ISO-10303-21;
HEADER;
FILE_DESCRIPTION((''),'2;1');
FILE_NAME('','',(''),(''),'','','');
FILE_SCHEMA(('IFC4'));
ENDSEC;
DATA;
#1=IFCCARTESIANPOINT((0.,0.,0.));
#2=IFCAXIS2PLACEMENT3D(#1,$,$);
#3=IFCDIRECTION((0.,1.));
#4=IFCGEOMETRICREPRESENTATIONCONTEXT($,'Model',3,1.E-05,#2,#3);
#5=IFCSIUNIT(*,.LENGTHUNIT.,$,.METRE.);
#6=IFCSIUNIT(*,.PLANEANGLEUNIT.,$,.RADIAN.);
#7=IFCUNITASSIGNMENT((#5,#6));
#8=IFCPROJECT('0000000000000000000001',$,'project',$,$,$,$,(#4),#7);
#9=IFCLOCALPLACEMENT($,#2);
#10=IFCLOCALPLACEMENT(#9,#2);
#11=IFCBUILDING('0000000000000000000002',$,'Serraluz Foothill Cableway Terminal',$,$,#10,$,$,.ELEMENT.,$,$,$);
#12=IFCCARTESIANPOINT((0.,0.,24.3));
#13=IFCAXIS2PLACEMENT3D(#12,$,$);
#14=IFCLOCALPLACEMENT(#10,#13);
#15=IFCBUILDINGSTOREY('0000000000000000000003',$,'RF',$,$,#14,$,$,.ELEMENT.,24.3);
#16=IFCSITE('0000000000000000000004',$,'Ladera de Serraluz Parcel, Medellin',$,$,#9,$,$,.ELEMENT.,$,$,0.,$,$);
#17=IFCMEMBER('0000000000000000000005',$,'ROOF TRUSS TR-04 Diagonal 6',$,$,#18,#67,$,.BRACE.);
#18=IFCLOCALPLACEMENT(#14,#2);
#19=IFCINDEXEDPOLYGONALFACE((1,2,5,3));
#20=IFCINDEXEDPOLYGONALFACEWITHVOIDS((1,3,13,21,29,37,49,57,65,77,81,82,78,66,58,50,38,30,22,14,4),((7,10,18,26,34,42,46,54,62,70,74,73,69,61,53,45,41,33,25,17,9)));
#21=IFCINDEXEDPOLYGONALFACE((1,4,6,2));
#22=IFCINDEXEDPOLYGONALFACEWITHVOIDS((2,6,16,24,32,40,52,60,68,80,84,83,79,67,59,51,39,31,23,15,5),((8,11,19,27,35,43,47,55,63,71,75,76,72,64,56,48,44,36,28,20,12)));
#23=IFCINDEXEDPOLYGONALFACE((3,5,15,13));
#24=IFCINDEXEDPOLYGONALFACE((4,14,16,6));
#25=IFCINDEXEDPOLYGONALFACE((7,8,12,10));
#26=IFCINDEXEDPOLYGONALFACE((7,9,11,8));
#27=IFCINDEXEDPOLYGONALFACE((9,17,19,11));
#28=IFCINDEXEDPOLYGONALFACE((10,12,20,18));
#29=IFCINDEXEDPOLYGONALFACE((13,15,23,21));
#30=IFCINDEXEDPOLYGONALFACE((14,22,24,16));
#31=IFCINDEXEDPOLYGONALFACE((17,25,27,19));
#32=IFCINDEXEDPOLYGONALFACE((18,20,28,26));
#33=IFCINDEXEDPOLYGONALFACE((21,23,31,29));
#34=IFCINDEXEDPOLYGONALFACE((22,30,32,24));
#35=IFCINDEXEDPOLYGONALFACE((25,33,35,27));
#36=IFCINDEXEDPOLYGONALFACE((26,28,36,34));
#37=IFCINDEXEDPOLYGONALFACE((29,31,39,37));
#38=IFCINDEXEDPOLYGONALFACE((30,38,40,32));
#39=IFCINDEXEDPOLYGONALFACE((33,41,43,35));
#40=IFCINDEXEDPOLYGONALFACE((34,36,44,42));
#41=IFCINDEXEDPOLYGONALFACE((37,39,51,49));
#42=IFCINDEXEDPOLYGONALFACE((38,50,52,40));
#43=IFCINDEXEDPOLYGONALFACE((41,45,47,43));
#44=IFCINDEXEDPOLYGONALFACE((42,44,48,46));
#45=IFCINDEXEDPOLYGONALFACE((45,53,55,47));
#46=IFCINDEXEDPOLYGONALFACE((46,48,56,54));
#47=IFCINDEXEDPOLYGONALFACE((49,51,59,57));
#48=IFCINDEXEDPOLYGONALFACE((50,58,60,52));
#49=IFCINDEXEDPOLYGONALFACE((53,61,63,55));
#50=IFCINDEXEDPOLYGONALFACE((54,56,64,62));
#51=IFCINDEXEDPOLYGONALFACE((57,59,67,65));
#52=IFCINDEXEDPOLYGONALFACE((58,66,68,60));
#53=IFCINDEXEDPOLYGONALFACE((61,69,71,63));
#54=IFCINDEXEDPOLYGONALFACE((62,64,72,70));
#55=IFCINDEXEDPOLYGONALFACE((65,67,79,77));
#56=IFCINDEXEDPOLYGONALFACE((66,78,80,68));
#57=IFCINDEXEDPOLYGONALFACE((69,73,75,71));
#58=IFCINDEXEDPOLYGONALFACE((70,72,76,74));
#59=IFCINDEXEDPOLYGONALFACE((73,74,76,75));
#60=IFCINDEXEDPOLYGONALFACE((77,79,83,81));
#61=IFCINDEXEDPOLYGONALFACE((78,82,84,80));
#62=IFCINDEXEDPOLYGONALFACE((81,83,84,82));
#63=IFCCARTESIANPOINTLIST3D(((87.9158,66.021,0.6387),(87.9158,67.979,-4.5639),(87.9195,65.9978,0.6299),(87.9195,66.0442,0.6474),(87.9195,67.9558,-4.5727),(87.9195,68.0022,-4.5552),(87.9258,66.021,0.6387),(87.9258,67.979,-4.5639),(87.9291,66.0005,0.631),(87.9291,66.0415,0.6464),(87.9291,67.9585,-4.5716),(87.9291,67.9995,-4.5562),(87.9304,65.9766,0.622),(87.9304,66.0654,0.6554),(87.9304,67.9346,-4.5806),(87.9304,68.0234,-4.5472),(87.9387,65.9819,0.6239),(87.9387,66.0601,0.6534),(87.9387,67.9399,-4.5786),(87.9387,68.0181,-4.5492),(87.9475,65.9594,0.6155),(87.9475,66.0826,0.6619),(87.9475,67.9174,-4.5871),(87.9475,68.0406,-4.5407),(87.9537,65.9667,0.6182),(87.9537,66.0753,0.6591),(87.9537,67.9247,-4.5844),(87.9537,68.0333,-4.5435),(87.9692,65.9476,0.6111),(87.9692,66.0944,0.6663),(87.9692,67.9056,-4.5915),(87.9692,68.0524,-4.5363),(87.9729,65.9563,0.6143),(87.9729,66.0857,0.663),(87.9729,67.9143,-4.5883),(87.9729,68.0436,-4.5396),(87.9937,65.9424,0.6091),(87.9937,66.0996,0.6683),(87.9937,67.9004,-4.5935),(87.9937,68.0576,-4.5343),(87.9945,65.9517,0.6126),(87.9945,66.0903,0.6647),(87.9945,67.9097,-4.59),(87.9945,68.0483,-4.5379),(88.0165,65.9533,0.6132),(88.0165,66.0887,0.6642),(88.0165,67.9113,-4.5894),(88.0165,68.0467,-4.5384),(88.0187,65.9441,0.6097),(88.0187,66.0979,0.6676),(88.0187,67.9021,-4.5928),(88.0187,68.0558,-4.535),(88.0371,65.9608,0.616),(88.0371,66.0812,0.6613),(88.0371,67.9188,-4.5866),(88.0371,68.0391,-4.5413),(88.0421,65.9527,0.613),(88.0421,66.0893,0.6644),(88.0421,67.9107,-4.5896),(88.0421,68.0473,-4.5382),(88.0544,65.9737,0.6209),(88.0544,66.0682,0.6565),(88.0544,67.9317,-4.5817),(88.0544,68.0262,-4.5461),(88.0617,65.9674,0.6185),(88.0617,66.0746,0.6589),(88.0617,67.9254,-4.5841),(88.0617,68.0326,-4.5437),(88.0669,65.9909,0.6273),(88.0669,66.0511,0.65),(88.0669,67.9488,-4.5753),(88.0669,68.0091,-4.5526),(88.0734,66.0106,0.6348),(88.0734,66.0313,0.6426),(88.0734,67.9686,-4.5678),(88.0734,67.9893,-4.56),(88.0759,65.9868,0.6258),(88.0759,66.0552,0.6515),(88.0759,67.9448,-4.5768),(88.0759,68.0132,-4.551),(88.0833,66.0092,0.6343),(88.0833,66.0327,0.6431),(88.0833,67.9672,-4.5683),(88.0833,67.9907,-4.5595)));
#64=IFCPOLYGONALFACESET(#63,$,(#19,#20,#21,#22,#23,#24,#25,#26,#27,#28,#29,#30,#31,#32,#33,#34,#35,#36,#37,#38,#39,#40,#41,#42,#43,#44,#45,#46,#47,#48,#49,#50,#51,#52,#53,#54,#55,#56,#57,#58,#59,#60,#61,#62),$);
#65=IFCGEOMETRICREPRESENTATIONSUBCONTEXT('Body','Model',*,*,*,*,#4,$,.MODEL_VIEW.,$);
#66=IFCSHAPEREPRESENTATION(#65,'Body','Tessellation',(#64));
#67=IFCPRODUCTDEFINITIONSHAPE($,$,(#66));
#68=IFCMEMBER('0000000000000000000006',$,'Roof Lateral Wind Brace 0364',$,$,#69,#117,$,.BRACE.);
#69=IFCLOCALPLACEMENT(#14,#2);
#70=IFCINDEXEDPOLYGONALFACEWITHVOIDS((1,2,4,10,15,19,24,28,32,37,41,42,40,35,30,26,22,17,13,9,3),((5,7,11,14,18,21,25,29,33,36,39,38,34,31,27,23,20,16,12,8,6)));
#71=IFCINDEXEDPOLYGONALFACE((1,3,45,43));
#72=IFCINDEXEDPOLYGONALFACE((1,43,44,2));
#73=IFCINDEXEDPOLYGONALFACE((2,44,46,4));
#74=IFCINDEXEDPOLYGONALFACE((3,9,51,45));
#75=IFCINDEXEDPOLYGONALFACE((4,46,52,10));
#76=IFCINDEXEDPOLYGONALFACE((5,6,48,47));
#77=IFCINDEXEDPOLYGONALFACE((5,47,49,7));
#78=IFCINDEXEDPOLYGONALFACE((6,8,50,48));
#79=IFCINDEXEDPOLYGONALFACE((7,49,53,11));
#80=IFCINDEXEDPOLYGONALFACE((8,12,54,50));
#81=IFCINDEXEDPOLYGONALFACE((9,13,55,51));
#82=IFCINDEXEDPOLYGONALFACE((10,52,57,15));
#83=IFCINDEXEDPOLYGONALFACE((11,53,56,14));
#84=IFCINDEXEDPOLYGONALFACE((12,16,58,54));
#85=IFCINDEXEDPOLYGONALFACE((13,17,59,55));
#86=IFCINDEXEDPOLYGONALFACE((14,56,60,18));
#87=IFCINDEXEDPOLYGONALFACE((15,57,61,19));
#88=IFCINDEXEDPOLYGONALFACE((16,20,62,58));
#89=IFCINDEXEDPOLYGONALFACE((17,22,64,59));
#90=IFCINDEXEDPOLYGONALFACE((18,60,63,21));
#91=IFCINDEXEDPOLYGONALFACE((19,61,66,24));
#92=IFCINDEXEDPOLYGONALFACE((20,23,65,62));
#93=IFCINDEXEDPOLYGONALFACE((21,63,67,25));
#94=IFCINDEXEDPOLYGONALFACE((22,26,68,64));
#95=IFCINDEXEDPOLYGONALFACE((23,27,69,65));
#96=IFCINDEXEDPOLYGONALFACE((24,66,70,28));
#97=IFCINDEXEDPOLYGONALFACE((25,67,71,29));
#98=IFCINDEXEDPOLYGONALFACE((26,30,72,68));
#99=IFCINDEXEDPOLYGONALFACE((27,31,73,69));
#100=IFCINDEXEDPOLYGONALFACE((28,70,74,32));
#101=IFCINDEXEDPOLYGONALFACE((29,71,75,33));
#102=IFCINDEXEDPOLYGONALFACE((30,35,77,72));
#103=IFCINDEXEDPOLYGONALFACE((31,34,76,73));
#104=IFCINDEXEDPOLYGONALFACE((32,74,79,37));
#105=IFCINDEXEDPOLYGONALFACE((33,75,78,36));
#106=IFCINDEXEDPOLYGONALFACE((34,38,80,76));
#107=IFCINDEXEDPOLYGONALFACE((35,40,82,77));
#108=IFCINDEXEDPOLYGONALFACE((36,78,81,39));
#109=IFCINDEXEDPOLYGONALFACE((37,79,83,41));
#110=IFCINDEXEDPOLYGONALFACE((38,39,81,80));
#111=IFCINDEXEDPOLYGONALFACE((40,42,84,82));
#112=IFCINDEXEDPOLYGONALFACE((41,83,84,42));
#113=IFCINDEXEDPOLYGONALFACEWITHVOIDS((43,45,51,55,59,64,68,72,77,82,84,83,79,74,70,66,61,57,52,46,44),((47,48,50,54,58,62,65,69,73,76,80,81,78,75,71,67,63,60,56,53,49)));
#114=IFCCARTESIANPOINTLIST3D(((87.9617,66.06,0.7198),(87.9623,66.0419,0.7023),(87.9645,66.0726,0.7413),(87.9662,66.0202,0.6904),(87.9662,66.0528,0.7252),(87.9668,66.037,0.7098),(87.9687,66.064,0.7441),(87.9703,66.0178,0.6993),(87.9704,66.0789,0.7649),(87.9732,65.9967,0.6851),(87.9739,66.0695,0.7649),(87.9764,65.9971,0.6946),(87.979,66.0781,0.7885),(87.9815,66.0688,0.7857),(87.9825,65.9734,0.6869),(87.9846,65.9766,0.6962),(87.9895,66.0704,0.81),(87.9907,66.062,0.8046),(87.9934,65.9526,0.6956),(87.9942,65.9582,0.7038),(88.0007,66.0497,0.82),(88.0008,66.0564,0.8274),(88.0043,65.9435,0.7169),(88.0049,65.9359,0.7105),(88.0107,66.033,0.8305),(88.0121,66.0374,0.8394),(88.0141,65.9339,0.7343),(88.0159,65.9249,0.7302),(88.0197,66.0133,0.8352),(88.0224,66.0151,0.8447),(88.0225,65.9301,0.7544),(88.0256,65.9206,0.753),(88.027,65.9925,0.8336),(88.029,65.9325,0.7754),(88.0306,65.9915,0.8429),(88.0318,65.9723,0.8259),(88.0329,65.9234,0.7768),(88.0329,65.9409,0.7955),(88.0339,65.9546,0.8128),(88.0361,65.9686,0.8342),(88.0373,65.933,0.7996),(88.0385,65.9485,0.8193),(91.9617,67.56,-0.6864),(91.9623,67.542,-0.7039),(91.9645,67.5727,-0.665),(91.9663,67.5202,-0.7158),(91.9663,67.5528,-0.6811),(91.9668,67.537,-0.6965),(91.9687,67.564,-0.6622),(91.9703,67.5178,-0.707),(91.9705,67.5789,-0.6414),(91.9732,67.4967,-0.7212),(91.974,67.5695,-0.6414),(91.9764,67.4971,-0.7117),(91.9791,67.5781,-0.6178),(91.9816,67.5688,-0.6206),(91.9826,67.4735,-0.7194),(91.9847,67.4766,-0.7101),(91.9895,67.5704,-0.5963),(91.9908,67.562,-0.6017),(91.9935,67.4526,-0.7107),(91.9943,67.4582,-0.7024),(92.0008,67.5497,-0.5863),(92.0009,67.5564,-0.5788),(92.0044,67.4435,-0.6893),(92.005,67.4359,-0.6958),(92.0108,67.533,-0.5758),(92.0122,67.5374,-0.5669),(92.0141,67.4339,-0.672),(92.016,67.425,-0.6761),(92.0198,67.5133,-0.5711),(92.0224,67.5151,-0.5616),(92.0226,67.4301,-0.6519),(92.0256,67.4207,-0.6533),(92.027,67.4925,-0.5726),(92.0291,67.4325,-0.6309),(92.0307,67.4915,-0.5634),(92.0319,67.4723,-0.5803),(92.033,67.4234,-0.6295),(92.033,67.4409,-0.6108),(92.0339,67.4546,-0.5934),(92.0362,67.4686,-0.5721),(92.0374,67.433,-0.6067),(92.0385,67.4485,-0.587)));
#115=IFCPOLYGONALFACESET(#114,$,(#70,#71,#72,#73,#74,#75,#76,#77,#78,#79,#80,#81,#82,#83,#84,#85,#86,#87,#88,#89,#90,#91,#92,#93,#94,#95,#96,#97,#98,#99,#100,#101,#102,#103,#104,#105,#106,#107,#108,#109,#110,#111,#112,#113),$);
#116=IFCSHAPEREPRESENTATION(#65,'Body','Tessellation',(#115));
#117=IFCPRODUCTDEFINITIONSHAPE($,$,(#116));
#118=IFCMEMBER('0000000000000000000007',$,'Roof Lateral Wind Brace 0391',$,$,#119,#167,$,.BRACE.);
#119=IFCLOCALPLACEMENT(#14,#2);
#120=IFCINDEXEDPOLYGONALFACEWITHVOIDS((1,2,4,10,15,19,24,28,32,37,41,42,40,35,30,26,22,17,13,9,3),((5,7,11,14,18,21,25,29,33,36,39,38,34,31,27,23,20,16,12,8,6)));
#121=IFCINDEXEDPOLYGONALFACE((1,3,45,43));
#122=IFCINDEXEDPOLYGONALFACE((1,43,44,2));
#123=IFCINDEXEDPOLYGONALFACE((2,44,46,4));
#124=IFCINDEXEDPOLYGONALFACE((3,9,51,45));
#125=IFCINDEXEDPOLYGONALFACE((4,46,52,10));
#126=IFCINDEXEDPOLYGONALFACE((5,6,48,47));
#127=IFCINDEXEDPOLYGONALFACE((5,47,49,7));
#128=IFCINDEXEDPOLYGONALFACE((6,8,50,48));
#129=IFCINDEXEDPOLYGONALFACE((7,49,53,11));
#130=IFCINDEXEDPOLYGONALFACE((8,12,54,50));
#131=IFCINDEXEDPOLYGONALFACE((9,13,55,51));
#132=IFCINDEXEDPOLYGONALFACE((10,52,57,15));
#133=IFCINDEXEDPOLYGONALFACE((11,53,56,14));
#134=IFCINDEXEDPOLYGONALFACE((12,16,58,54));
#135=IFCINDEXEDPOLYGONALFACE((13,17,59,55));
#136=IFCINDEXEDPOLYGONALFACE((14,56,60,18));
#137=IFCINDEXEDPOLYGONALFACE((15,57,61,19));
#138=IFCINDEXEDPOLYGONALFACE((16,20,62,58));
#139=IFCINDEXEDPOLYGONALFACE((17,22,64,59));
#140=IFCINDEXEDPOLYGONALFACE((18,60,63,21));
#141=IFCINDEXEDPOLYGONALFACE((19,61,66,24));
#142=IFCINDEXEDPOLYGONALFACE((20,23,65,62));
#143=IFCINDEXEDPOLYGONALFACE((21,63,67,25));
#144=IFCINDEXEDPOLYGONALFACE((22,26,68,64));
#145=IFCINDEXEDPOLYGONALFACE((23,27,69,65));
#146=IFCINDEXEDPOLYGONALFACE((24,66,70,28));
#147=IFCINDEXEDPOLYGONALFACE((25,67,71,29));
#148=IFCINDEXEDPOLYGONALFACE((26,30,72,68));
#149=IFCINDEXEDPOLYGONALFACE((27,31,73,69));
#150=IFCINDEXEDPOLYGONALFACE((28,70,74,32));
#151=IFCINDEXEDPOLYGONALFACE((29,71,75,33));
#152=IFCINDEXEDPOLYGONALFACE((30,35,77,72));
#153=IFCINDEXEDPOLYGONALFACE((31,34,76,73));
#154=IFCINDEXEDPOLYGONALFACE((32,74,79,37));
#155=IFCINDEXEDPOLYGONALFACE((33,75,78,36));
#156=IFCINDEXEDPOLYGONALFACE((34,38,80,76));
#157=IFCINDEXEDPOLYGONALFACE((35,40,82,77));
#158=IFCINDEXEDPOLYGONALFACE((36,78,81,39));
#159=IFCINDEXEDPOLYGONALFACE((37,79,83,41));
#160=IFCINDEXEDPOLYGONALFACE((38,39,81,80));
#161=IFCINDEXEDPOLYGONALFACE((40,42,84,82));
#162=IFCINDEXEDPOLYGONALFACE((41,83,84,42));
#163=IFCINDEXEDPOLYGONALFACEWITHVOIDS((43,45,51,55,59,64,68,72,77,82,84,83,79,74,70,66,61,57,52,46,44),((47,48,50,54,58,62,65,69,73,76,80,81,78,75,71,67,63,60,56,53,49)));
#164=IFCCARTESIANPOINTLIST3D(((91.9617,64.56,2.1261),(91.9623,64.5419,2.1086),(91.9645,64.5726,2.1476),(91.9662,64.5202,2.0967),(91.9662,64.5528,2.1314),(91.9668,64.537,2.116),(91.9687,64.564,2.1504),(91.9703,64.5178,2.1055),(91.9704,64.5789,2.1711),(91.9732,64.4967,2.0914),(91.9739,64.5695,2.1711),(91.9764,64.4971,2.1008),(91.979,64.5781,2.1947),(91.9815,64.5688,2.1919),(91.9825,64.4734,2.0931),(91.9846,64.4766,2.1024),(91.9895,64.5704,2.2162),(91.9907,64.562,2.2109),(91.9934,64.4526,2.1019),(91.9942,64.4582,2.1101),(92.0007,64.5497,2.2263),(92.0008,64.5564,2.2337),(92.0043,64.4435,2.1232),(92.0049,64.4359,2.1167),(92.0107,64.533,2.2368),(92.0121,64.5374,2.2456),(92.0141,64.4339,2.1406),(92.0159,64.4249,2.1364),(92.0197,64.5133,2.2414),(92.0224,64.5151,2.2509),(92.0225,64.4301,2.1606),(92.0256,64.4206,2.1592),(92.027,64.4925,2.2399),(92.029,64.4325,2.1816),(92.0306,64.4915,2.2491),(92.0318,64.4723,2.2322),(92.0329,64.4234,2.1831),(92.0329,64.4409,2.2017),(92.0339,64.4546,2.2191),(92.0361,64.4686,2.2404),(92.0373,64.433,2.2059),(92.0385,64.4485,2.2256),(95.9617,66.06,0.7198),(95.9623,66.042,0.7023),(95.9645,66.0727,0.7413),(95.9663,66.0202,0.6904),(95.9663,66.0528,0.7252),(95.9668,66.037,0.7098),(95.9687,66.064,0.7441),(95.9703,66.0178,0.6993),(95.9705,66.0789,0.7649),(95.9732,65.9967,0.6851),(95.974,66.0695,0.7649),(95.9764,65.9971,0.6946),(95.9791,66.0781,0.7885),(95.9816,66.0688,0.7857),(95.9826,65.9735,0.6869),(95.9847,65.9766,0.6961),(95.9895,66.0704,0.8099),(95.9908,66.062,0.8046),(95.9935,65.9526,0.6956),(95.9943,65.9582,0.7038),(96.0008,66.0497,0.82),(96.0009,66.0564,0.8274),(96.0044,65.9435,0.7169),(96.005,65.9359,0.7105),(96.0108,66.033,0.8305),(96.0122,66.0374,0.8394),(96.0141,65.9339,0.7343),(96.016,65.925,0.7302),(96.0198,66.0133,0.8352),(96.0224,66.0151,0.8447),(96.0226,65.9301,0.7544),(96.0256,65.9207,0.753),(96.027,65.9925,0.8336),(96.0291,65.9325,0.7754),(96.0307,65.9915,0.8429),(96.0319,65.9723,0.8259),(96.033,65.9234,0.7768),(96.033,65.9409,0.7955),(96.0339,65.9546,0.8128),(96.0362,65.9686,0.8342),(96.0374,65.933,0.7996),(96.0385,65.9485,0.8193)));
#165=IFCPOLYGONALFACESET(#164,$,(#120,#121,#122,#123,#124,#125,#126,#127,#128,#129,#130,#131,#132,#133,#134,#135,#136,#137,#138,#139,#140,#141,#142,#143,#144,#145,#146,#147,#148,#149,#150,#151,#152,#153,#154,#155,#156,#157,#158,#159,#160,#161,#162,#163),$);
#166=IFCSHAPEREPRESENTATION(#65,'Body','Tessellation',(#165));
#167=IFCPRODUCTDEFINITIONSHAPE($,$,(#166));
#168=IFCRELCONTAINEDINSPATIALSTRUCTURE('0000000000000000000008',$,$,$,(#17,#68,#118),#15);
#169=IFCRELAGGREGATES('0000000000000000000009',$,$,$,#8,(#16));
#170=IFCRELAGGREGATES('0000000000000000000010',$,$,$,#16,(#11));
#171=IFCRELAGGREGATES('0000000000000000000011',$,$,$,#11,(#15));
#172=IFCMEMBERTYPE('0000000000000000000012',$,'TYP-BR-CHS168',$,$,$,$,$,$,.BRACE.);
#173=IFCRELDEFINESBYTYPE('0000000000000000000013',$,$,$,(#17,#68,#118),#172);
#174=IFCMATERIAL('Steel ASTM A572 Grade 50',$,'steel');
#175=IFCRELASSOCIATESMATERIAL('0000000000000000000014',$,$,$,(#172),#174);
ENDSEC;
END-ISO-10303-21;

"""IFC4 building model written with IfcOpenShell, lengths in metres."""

from ifc_helpers import new_model, si_unit, direction, frame, origin, origin_2d, place, context, subcontext, project, spatial, hollow_circle, extrude, material, material_profile, profile_set, type_object, element, save


model = new_model("IFC4")

# Units and contexts
model_context = context("Model", 3, precision=1e-05, world=origin(), true_north=direction((0.0, 1.0)))
body_context = subcontext(model_context, "Body", "Model", "MODEL_VIEW")
ifc_project = project(units=[si_unit("LENGTHUNIT", "METRE"), si_unit("PLANEANGLEUNIT", "RADIAN")], contexts=[model_context])

# Site, building, storey
site_placement = place(None, origin())
site = spatial("IfcSite", under=ifc_project, at=site_placement, Name="Ladera de Serraluz Parcel, Medellin", CompositionType="ELEMENT", RefElevation=0.0)
building_placement = place(site_placement, origin())
building = spatial("IfcBuilding", under=site, at=building_placement, Name="Serraluz Foothill Cableway Terminal", CompositionType="ELEMENT")
storey_placement = place(building_placement, frame((0.0, 0.0, 24.3)))
storey = spatial("IfcBuildingStorey", under=building, at=storey_placement, Name="RF", CompositionType="ELEMENT", Elevation=24.3)

# Members
ifc_material_1 = material(Name="Steel ASTM A572 Grade 50", Category="steel")
ifc_material_profile_1 = material_profile(ifc_material_1, hollow_circle(Radius=0.0842, WallThickness=0.01, at=origin_2d()), Name="CHS168X10")
ifc_profile_set_1 = profile_set([ifc_material_profile_1], Name="Steel ASTM A572 Grade 50")
member_type_1 = type_object("IfcMemberType", Name="TYP-BR-CHS168", PredefinedType="BRACE", material=ifc_profile_set_1)
member_1_placement = place(storey_placement, frame((88.0, 66.021, 0.6387), z_axis=(0.0, 0.35223, -0.935913), x_axis=(-1.0, 0.0, 0.0)))
element("IfcMember", 1, at=member_1_placement, inside=storey, type_object=member_type_1, Name="ROOF TRUSS TR-04 Diagonal 6", PredefinedType="BRACE", context=body_context, shape_type="SweptSolid", body=[
    extrude(hollow_circle(Radius=0.0842, WallThickness=0.01, at=origin_2d()), origin(), (0.0, 0.0, 1.0), 5.5588),
])
for number, where, z_axis, x_axis, name in (
    (2, (88.0, 66.0, 0.7649), (0.889382, 0.333518, -0.312673), (-0.351123, 0.936329, 0.0), "Roof Lateral Wind Brace 0364"),
    (3, (92.0, 64.5, 2.1711), (0.889382, 0.333518, -0.312673), (-0.351123, 0.936329, 0.0), "Roof Lateral Wind Brace 0391"),
):
    element("IfcMember", number, at=place(storey_placement, frame(where, z_axis=z_axis, x_axis=x_axis)), inside=storey, type_object=member_type_1, Name=name, PredefinedType="BRACE", context=body_context, shape_type="SweptSolid", body=[
        extrude(hollow_circle(Radius=0.0842, WallThickness=0.01, at=origin_2d()), origin(), (0.0, 0.0, 1.0), 4.4976),
    ])

save(model, "model.ifc")
